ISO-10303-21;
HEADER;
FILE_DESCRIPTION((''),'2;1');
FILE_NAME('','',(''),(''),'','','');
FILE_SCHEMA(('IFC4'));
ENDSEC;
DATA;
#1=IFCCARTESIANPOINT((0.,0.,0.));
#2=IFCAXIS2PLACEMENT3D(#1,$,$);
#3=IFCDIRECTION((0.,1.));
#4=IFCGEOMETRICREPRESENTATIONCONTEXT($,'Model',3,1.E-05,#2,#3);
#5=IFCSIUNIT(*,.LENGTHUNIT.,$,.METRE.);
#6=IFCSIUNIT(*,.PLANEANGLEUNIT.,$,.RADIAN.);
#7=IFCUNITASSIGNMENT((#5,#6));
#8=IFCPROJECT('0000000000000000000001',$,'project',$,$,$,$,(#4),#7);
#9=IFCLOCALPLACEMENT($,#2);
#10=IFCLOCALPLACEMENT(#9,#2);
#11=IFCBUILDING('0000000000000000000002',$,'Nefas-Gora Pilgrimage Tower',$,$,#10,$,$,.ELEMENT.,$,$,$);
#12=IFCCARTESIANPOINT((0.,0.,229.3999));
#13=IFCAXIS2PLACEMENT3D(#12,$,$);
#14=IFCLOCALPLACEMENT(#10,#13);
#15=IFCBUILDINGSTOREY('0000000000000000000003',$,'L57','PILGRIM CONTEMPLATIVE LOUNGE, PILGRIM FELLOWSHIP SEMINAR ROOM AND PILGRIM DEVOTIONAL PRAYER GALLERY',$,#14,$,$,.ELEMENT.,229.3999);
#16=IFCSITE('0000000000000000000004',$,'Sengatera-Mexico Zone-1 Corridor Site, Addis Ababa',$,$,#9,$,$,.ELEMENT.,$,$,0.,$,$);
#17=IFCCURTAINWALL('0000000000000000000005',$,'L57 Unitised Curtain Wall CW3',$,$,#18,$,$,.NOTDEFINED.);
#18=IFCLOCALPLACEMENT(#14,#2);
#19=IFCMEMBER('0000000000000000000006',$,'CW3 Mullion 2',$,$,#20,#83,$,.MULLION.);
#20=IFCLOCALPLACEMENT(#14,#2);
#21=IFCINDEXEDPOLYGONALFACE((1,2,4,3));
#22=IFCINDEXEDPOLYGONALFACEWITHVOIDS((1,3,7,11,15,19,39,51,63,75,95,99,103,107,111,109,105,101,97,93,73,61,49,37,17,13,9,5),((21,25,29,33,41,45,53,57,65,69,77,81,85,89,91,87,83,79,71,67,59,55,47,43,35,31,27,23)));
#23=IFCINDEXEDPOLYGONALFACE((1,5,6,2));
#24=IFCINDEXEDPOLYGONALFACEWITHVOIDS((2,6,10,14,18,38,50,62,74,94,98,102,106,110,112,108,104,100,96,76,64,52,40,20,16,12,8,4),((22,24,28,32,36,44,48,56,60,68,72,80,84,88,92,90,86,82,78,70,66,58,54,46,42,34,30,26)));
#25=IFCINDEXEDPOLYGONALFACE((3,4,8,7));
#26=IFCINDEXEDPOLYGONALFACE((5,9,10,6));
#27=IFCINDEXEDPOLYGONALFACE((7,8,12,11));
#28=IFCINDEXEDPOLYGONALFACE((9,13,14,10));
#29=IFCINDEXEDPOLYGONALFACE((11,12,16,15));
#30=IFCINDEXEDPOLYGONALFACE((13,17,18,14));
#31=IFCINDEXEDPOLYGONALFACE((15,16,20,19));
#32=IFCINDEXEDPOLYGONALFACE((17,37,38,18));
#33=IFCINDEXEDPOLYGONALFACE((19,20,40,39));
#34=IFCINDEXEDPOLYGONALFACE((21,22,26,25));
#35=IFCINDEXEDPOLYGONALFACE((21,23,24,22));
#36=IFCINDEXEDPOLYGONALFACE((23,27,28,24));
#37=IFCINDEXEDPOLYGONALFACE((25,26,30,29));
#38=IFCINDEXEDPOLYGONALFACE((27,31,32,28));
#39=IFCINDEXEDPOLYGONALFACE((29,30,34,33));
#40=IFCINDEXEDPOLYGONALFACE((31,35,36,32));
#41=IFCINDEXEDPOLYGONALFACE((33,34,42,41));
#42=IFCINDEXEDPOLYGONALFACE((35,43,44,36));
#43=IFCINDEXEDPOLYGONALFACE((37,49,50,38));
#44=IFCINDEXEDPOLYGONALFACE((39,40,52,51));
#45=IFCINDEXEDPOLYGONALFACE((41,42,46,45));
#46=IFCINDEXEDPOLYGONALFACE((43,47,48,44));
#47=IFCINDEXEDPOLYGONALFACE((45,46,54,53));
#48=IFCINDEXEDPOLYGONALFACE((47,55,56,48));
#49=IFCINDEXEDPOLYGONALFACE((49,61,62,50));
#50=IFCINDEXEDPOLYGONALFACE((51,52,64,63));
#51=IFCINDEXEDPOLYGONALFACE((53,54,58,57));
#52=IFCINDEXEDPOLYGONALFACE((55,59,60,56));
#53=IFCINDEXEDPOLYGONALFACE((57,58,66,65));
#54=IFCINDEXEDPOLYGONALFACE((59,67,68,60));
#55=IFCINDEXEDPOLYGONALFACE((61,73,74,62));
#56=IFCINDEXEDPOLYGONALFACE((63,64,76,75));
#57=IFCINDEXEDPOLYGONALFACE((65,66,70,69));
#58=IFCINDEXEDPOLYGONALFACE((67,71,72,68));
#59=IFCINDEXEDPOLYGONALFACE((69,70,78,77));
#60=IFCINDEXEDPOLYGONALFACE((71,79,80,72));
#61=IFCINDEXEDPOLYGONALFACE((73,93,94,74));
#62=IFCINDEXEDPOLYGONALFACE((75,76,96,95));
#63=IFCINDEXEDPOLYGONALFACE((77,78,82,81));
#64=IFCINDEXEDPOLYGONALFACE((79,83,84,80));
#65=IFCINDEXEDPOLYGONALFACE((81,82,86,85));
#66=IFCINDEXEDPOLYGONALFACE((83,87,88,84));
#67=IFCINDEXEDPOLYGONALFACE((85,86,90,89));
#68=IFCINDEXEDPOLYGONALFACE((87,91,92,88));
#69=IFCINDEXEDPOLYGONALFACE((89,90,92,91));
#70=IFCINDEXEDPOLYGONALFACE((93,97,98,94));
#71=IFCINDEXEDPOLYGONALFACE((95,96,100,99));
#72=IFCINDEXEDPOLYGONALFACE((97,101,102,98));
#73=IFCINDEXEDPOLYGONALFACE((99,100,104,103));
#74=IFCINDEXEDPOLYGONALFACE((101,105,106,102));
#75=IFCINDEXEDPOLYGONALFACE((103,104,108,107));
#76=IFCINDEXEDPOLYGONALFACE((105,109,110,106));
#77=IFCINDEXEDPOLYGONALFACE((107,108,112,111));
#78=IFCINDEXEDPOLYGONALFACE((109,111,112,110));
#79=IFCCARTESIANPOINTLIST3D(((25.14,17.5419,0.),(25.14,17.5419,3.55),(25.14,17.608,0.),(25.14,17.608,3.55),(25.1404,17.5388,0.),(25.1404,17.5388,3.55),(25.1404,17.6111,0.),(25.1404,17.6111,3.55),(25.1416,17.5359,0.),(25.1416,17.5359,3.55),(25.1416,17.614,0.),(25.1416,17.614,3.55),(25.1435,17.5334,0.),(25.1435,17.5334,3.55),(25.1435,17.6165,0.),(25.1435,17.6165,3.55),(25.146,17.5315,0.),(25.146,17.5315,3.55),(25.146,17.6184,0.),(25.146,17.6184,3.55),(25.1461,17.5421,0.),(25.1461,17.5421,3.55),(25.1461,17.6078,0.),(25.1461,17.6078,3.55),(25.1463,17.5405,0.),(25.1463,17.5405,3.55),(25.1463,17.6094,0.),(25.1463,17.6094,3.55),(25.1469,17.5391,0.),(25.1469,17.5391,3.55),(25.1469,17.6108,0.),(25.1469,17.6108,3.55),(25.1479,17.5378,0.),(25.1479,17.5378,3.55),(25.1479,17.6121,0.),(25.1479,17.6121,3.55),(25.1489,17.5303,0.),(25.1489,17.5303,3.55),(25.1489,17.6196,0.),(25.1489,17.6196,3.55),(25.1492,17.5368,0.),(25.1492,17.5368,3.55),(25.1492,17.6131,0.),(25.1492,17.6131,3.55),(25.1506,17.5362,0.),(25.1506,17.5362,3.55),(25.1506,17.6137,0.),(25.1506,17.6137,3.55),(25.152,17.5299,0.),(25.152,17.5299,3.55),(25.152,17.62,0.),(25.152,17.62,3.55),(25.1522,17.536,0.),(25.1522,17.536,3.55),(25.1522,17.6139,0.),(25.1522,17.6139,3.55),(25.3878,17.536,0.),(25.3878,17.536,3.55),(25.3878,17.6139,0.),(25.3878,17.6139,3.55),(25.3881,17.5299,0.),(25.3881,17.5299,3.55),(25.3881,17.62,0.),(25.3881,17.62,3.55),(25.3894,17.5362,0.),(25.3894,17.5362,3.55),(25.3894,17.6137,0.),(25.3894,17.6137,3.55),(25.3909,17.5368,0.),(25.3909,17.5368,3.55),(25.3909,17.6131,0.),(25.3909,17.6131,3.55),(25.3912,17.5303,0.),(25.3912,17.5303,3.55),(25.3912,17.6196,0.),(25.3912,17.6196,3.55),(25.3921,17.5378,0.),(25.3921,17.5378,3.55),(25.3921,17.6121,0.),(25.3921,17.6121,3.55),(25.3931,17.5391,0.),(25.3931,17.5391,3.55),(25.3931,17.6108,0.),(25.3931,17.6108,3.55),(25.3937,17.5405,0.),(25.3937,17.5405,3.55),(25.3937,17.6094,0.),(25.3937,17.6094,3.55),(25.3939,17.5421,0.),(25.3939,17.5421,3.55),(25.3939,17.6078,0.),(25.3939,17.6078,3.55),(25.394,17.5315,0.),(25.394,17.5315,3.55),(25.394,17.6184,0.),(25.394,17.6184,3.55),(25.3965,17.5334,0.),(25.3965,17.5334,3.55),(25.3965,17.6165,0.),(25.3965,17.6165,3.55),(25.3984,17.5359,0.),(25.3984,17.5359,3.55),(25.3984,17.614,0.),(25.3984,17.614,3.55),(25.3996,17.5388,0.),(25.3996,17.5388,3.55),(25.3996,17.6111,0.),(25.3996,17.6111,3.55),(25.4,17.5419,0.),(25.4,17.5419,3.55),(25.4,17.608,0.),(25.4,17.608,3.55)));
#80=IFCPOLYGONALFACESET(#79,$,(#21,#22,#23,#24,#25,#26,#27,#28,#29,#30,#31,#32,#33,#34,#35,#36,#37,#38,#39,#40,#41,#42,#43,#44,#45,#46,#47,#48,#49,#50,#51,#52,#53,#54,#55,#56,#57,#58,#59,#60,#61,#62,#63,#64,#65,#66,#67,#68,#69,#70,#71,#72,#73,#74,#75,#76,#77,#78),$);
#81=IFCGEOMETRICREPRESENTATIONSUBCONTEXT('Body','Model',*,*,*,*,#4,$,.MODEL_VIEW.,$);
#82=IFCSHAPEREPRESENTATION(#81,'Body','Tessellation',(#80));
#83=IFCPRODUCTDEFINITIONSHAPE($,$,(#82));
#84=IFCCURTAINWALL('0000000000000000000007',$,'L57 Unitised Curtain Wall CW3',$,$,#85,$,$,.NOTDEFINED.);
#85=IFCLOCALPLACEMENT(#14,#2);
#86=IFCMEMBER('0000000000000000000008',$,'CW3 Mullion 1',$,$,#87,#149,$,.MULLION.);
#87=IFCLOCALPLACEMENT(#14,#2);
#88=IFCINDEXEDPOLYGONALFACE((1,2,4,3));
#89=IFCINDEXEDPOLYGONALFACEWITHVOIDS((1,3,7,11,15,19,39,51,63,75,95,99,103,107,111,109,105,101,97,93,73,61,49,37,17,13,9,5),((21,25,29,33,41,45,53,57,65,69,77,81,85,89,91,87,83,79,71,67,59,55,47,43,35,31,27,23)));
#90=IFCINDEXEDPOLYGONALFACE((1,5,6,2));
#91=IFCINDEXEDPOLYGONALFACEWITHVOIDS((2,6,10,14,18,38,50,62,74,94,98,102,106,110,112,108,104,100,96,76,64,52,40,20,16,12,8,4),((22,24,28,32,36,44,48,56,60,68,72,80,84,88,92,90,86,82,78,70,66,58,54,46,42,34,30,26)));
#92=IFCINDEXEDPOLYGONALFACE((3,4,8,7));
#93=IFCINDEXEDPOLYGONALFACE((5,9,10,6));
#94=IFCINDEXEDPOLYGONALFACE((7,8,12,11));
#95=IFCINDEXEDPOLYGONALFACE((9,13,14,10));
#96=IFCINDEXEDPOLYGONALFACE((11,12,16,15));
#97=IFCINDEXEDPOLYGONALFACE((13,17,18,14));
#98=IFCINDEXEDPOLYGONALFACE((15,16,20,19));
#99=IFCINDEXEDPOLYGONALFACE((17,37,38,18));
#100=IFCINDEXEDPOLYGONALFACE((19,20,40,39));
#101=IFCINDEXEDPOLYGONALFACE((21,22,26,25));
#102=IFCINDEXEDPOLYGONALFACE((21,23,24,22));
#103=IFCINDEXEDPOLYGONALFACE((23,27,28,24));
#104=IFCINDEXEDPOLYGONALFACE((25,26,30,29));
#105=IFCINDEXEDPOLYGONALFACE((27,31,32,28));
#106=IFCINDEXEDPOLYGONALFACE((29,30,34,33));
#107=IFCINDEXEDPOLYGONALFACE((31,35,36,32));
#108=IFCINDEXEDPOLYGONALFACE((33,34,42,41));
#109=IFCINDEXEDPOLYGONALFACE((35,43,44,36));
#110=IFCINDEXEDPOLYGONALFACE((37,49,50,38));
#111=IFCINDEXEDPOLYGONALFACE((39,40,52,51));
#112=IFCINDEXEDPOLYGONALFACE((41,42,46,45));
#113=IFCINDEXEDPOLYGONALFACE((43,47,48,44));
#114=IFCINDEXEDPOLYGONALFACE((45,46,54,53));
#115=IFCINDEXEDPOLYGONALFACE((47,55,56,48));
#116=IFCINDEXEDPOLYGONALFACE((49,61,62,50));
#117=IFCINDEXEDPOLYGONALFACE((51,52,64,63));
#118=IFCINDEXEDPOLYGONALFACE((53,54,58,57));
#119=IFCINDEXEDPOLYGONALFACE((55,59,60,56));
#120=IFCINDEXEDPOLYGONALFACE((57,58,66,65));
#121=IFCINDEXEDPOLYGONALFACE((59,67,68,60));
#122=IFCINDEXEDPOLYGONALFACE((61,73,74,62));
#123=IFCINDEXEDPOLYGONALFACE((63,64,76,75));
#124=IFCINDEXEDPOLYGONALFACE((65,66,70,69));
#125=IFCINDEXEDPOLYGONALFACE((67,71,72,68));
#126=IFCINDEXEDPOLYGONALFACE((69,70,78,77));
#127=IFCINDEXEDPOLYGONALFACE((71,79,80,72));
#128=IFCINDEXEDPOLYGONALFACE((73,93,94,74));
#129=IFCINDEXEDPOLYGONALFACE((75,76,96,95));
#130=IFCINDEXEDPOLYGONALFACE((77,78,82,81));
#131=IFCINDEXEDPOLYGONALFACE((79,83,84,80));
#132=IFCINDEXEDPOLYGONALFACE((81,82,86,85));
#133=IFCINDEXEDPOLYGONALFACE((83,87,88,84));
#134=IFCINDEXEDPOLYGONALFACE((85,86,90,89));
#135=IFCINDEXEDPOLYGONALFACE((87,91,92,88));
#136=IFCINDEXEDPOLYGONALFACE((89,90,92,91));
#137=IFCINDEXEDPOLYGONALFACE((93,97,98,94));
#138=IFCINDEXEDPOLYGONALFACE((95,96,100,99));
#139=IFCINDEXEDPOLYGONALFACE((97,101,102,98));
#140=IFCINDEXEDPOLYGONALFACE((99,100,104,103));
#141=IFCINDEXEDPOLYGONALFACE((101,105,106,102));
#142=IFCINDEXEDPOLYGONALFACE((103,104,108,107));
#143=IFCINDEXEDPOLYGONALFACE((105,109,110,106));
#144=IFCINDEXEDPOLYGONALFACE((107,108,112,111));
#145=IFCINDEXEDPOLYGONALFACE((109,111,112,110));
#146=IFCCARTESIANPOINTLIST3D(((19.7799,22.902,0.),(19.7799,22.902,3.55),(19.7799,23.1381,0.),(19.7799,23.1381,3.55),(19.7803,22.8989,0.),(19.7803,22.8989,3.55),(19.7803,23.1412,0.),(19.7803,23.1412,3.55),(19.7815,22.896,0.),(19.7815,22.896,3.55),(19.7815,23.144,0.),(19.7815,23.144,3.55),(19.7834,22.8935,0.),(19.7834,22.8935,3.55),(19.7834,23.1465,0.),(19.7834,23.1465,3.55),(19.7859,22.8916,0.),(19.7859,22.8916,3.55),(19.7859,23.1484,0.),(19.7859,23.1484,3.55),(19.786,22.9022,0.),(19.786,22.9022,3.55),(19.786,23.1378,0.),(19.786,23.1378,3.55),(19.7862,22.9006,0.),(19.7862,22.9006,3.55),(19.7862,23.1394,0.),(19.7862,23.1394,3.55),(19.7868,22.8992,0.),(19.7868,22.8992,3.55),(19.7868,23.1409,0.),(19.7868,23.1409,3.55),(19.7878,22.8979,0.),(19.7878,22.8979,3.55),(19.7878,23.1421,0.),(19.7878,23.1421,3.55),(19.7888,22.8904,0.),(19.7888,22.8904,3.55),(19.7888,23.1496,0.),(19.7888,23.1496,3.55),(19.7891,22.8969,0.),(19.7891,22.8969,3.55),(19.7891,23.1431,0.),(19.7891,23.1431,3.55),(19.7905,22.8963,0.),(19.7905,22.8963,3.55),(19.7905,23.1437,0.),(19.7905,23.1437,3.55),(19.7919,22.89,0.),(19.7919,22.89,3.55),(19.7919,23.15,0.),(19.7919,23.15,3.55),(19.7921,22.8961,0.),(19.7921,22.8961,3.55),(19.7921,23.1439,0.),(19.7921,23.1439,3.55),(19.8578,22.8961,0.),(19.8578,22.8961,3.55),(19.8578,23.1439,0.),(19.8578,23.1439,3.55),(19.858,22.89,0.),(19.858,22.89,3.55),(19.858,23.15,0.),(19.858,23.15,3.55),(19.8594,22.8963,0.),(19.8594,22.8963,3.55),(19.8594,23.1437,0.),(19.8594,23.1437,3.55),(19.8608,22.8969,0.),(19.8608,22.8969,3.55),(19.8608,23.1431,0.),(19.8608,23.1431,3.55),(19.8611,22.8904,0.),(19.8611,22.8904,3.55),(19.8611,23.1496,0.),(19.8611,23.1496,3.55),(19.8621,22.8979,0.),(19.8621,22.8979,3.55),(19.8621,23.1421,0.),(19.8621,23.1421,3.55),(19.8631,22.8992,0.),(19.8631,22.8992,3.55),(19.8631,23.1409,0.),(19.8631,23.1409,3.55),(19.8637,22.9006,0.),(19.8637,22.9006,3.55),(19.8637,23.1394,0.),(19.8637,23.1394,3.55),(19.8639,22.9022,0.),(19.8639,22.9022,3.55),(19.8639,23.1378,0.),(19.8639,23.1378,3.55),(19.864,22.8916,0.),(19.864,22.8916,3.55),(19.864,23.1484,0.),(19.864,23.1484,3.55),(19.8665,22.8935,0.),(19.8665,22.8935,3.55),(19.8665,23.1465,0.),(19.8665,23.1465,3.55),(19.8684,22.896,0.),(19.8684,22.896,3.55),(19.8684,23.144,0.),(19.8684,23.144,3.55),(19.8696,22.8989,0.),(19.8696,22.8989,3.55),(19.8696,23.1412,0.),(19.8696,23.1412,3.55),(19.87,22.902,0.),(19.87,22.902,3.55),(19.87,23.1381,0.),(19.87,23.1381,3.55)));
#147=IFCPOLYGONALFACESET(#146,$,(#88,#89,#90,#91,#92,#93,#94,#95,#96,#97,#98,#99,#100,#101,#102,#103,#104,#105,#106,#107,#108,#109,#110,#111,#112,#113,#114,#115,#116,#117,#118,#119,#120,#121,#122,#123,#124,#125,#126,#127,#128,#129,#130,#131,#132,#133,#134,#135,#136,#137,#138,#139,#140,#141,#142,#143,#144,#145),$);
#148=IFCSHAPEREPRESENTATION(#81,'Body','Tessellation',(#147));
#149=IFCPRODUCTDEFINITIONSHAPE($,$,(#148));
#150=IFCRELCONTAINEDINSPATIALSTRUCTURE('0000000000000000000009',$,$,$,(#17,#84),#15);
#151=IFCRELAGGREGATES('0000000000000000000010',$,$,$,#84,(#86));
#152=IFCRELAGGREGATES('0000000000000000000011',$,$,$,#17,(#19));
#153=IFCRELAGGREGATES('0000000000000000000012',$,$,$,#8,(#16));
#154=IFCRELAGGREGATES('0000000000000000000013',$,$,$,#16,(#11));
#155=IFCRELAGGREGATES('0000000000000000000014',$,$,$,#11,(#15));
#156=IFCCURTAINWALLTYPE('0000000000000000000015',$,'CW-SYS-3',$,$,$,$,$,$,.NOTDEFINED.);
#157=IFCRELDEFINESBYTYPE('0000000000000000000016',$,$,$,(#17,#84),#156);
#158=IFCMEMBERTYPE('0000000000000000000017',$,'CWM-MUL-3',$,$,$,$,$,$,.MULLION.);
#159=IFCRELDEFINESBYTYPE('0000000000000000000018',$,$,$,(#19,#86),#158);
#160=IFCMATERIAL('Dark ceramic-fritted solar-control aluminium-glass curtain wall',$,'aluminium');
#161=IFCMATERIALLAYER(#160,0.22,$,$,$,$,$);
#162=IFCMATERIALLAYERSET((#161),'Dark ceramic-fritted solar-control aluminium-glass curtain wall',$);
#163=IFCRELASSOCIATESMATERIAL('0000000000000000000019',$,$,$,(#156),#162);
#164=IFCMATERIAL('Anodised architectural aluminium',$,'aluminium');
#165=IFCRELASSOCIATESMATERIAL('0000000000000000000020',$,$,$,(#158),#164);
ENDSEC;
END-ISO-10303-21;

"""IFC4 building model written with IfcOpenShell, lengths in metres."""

from ifc_helpers import new_model, si_unit, direction, frame, origin, origin_2d, place, context, subcontext, project, spatial, hollow_rectangle, extrude, source, transform, mapped, material, layer, layer_set, material_profile, profile_set, type_object, element, aggregate, save


model = new_model("IFC4")

# Units and contexts
model_context = context("Model", 3, precision=1e-05, world=origin(), true_north=direction((0.0, 1.0)))
body_context = subcontext(model_context, "Body", "Model", "MODEL_VIEW")
ifc_project = project(units=[si_unit("LENGTHUNIT", "METRE"), si_unit("PLANEANGLEUNIT", "RADIAN")], contexts=[model_context])

# Site, building, storey
site_placement = place(None, origin())
site = spatial("IfcSite", under=ifc_project, at=site_placement, Name="Sengatera-Mexico Zone-1 Corridor Site, Addis Ababa", CompositionType="ELEMENT", RefElevation=0.0)
building_placement = place(site_placement, origin())
building = spatial("IfcBuilding", under=site, at=building_placement, Name="Nefas-Gora Pilgrimage Tower", CompositionType="ELEMENT")
storey_placement = place(building_placement, frame((0.0, 0.0, 229.3999)))
storey = spatial("IfcBuildingStorey", under=building, at=storey_placement, Name="L57", Description="PILGRIM CONTEMPLATIVE LOUNGE, PILGRIM FELLOWSHIP SEMINAR ROOM AND PILGRIM DEVOTIONAL PRAYER GALLERY", CompositionType="ELEMENT", Elevation=229.3999)

# Curtain walls, members
ifc_material_1 = material(Name="Dark ceramic-fritted solar-control aluminium-glass curtain wall", Category="aluminium")
ifc_layer_1 = layer(ifc_material_1, 0.22)
ifc_layer_set_1 = layer_set([ifc_layer_1], Name="Dark ceramic-fritted solar-control aluminium-glass curtain wall")
curtain_wall_type = type_object("IfcCurtainWallType", Name="CW-SYS-3", PredefinedType="NOTDEFINED", material=ifc_layer_set_1)
curtain_wall_1_placement = place(storey_placement, origin())
curtain_wall_1 = element("IfcCurtainWall", 1, at=curtain_wall_1_placement, inside=storey, type_object=curtain_wall_type, Name="L57 Unitised Curtain Wall CW3", PredefinedType="NOTDEFINED")
ifc_material_2 = material(Name="Anodised architectural aluminium", Category="aluminium")
ifc_material_profile_1 = material_profile(ifc_material_2, hollow_rectangle(XDim=0.0901, YDim=0.26, WallThickness=0.0061, InnerFilletRadius=0.0061, OuterFilletRadius=0.012, at=origin_2d()), Name="ALU MULLION 90x260")
ifc_profile_set_1 = profile_set([ifc_material_profile_1], Name="Anodised architectural aluminium")
member_type_1 = type_object("IfcMemberType", Name="CWM-MUL-3", PredefinedType="MULLION", material=ifc_profile_set_1)
shared_shape_1 = source(origin(), body_context, "Body", "SweptSolid", [
    extrude(hollow_rectangle(XDim=0.0901, YDim=0.26, WallThickness=0.0061, InnerFilletRadius=0.0061, OuterFilletRadius=0.012, at=origin_2d()), origin(), (0.0, 0.0, 1.0), 3.55),
])
member_1_placement = place(storey_placement, frame((25.27, 17.575, 0.0), z_axis=(0.0, 0.0, 1.0), x_axis=(0.0, 1.0, 0.0)))
member_1 = element("IfcMember", 2, at=member_1_placement, type_object=member_type_1, Name="CW3 Mullion 2", PredefinedType="MULLION", context=body_context, shape_type="MappedRepresentation", body=[
    mapped(shared_shape_1, transform((0.0, 0.0, 0.0), x_axis=(1.0, 0.0, 0.0), y_axis=(0.0, 1.0, 0.0), z_axis=(0.0, 0.0, 1.0), scale=1.0)),
])
curtain_wall_2_placement = place(storey_placement, origin())
curtain_wall_2 = element("IfcCurtainWall", 3, at=curtain_wall_2_placement, inside=storey, type_object=curtain_wall_type, Name="L57 Unitised Curtain Wall CW3", PredefinedType="NOTDEFINED")
member_2_placement = place(storey_placement, frame((19.825, 23.02, 0.0), z_axis=(0.0, 0.0, 1.0), x_axis=(-1.0, 0.0, 0.0)))
member_2 = element("IfcMember", 4, at=member_2_placement, type_object=member_type_1, Name="CW3 Mullion 1", PredefinedType="MULLION", context=body_context, shape_type="MappedRepresentation", body=[
    mapped(shared_shape_1, transform((0.0, 0.0, 0.0), x_axis=(1.0, 0.0, 0.0), y_axis=(0.0, 1.0, 0.0), z_axis=(0.0, 0.0, 1.0), scale=1.0)),
])

aggregate(curtain_wall_2, [member_2])
aggregate(curtain_wall_1, [member_1])

save(model, "model.ifc")
